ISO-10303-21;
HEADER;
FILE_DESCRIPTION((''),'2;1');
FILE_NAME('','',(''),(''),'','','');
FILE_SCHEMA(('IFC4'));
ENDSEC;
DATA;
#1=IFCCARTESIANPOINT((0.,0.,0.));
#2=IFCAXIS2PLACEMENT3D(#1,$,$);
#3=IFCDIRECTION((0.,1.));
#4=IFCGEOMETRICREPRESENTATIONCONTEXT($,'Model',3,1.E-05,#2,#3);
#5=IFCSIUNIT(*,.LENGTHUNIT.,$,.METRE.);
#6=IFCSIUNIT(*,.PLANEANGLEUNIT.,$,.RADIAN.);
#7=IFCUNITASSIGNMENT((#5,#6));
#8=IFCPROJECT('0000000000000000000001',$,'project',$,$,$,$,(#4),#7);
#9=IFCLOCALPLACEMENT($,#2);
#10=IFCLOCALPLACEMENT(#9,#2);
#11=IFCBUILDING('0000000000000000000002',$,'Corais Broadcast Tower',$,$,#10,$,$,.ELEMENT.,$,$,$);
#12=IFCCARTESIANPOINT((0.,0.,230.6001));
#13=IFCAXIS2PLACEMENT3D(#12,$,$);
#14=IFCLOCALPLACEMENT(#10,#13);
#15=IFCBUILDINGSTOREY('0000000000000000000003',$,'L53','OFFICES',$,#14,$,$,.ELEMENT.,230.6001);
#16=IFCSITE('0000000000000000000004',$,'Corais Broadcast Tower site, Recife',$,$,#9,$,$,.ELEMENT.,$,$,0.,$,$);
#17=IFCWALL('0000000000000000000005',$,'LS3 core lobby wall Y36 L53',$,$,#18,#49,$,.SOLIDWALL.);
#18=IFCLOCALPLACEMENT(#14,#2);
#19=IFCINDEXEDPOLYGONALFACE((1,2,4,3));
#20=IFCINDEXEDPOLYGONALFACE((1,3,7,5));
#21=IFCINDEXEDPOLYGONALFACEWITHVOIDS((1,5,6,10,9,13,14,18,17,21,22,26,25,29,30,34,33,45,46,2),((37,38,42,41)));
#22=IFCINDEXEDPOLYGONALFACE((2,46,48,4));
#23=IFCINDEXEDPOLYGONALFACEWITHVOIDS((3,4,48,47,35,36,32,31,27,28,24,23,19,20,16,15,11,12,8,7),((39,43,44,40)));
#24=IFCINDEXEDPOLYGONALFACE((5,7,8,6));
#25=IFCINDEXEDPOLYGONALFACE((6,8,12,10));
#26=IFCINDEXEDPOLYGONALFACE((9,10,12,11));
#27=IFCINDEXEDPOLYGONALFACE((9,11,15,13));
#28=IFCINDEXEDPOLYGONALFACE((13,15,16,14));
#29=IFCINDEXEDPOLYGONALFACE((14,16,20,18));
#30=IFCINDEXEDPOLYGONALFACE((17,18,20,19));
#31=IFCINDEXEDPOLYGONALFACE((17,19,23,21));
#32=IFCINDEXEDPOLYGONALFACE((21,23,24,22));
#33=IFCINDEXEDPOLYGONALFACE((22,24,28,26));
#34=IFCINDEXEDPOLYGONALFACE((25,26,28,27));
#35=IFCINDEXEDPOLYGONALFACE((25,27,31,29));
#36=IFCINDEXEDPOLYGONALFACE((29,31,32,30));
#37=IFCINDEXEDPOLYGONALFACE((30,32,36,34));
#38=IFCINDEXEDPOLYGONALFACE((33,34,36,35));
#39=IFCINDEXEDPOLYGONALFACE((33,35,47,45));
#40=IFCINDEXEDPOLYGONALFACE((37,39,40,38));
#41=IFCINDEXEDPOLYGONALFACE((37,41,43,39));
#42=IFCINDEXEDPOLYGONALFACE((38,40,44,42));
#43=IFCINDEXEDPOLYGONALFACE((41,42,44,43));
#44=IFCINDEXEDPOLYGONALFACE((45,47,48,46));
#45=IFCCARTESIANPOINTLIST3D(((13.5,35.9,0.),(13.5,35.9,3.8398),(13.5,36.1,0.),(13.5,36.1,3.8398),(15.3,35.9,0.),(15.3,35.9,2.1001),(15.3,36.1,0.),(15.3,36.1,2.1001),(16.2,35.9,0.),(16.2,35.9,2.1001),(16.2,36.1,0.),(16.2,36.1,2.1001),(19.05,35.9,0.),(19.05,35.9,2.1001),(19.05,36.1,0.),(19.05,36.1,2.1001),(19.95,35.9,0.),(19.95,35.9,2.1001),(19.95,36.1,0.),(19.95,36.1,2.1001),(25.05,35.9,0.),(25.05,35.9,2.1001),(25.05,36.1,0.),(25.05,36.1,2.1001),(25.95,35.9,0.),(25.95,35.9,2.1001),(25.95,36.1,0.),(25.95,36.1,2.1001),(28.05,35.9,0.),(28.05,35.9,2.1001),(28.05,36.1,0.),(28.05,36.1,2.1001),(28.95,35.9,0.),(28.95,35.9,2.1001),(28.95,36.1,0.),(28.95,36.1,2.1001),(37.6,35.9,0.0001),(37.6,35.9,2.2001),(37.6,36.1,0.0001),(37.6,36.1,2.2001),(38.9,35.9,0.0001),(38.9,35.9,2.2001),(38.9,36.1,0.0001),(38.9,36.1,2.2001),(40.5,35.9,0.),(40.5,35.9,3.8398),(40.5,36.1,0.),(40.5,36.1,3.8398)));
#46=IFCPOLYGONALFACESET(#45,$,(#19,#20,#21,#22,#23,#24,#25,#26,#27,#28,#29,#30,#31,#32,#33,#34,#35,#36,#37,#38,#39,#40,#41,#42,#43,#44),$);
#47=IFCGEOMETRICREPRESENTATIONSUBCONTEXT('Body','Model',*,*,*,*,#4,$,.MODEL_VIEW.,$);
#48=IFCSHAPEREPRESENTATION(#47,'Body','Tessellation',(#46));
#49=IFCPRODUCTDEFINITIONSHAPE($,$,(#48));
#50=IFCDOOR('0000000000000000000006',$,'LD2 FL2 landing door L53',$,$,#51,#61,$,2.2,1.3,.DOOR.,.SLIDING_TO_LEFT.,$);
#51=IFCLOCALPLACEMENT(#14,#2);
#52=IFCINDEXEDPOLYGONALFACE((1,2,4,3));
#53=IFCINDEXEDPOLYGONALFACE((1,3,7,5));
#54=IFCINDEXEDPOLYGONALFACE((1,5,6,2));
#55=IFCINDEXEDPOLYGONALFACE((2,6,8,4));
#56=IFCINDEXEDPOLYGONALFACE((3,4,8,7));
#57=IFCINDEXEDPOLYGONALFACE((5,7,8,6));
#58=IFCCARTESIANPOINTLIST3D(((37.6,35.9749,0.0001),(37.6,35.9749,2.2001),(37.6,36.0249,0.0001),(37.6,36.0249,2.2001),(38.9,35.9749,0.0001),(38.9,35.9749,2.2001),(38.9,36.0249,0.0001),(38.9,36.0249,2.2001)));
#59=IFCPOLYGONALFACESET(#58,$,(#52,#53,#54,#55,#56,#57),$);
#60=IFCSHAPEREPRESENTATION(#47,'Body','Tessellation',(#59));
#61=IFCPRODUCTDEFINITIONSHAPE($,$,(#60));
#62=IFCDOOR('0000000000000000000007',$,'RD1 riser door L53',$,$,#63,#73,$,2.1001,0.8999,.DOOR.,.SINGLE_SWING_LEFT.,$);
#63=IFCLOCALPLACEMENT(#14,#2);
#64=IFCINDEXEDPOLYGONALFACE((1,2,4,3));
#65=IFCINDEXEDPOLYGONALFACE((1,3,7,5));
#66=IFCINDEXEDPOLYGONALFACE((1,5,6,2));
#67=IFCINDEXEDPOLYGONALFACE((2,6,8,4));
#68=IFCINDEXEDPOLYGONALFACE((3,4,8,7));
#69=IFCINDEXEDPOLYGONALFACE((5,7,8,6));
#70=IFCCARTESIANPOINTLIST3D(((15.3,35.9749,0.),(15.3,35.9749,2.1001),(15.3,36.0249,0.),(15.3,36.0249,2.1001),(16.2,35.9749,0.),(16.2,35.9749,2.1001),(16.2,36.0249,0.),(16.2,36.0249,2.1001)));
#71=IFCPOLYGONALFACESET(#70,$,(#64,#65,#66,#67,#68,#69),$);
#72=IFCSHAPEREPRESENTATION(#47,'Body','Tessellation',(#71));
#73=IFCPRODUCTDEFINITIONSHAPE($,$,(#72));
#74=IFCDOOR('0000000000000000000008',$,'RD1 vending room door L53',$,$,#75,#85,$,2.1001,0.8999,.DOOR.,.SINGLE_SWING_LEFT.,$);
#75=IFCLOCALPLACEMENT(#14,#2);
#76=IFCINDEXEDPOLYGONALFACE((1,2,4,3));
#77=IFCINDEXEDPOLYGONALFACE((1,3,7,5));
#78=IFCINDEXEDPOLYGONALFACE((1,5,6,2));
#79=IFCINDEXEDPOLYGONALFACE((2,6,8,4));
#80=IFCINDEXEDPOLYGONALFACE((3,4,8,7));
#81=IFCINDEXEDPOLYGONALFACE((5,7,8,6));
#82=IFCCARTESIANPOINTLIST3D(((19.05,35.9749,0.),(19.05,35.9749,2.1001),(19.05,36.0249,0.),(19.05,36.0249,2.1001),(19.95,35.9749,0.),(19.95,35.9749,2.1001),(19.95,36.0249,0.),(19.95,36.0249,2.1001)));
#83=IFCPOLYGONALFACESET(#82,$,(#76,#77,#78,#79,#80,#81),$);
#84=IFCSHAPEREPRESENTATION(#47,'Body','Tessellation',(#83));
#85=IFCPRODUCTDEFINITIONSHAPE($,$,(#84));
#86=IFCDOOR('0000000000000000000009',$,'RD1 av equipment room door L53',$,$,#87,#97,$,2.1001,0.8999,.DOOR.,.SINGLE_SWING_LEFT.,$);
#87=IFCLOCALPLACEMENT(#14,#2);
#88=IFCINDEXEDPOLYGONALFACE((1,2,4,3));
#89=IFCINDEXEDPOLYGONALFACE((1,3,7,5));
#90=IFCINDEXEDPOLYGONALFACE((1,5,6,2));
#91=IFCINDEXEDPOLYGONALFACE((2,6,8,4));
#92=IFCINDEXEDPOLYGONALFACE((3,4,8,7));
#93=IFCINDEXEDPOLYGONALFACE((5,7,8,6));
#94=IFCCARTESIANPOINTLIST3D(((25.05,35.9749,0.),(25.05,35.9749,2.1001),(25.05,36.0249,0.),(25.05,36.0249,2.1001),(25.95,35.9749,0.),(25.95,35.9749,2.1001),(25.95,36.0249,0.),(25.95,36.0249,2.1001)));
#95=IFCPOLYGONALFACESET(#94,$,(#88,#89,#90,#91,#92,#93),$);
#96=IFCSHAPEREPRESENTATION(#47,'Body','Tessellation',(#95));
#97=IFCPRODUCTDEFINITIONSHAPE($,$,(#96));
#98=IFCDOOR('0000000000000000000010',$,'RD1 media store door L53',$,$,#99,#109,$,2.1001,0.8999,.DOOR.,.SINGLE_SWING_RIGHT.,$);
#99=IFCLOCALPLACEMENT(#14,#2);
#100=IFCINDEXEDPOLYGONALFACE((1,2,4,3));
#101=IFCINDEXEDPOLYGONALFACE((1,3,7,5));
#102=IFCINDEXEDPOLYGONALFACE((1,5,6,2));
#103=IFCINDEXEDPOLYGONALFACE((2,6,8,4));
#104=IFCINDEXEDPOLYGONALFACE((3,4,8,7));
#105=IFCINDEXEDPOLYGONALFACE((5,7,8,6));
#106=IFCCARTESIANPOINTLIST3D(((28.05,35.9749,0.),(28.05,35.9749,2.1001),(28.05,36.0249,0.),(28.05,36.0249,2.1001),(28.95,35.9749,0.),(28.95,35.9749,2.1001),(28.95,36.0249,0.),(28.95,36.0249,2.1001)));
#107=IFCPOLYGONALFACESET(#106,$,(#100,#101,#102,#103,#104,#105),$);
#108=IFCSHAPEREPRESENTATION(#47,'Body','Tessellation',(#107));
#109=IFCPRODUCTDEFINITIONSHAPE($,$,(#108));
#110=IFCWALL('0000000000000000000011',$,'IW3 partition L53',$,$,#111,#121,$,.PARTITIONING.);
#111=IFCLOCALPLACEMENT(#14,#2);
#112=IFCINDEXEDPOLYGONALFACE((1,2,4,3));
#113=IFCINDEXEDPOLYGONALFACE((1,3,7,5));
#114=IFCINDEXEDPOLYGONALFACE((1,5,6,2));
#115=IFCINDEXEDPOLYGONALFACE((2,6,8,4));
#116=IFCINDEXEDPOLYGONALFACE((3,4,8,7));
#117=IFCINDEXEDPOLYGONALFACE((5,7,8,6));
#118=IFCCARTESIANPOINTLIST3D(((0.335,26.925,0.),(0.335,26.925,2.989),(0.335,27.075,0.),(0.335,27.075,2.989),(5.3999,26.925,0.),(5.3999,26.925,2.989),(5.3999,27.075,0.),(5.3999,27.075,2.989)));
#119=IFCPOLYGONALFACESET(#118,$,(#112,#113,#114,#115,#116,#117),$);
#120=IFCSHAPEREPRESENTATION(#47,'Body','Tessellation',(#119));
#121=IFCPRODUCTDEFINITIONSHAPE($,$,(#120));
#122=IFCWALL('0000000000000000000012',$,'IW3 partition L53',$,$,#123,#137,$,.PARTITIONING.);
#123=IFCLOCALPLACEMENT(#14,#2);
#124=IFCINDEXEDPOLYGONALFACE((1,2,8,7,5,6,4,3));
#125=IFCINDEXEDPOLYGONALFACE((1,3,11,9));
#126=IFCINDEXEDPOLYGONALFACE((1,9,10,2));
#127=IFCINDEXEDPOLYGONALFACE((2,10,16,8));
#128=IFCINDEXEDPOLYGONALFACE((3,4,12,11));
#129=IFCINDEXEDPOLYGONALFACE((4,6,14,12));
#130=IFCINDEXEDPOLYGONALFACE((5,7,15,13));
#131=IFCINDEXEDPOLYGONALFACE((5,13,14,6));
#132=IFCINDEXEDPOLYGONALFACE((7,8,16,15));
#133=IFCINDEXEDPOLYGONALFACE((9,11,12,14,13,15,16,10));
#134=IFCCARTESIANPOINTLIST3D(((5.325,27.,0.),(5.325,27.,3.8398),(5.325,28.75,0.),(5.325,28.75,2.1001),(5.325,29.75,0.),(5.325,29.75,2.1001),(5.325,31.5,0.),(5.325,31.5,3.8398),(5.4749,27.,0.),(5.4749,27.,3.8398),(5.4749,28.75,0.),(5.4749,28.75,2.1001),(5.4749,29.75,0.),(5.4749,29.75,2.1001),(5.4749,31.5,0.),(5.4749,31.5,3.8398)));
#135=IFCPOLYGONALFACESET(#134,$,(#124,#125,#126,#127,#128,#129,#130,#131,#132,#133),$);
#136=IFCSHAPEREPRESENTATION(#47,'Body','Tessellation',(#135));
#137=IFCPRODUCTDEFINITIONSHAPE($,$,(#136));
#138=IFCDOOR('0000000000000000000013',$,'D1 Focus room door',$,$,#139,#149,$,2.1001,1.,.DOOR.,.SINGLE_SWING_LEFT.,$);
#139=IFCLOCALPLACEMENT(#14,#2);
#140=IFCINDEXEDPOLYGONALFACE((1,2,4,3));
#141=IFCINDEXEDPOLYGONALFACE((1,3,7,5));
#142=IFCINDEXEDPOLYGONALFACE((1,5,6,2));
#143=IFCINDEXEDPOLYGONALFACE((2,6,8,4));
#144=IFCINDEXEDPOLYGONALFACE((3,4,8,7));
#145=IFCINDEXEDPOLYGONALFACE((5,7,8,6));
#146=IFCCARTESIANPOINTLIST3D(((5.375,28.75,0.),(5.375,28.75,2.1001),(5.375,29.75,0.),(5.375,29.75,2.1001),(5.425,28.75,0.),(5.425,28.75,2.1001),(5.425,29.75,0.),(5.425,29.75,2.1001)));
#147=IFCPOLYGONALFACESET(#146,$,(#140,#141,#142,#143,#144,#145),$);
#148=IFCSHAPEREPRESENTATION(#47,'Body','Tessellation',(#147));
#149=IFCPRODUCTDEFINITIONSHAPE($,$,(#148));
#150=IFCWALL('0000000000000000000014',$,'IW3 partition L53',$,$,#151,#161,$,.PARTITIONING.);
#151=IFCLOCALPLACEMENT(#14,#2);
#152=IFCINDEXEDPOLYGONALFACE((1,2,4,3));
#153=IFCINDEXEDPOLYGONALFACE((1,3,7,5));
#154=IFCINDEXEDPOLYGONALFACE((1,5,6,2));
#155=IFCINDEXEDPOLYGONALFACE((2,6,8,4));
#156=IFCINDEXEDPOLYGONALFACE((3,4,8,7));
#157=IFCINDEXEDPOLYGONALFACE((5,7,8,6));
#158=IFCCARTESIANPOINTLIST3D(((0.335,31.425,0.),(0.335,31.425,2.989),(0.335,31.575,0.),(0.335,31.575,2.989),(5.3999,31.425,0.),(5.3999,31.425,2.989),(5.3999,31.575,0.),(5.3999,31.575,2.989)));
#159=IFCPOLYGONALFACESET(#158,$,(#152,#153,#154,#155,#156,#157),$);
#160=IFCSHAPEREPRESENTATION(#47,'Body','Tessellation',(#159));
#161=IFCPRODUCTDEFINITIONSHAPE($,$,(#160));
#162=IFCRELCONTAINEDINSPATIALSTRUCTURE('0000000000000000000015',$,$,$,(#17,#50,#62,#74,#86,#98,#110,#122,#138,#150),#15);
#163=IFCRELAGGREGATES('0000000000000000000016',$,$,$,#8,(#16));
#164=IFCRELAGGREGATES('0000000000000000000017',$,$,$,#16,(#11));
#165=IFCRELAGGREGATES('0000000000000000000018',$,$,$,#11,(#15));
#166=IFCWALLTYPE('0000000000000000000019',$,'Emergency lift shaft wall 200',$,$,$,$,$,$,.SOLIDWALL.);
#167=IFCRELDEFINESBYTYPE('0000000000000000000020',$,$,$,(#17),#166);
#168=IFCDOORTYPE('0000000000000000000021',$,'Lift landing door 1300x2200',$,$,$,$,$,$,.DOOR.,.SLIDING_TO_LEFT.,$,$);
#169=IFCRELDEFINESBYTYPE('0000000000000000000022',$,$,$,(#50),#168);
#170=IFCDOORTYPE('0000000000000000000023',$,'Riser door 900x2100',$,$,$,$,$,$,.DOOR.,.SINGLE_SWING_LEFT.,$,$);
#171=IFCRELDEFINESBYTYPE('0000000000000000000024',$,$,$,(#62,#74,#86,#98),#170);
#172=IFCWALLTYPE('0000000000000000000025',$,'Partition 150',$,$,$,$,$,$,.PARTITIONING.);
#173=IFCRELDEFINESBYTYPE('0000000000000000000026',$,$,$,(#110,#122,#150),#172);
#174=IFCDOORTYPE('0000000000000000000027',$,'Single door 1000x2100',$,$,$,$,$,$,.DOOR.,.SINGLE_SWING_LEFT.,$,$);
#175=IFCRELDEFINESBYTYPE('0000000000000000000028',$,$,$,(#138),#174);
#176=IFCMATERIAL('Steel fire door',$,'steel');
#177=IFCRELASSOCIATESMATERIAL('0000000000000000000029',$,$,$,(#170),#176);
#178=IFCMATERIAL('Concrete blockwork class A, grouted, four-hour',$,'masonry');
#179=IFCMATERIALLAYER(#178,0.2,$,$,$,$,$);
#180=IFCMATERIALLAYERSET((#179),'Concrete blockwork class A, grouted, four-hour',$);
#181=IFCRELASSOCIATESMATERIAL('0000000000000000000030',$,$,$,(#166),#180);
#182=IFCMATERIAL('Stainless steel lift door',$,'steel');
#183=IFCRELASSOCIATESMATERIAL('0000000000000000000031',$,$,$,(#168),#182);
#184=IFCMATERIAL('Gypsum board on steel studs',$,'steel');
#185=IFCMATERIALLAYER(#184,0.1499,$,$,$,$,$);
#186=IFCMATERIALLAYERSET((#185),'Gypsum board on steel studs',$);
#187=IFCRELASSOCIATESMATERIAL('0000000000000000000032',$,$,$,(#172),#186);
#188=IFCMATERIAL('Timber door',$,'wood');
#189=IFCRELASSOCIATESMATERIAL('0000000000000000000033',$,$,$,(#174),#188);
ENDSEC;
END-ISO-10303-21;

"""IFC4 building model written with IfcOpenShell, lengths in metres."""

from ifc_helpers import new_model, si_unit, direction, frame, frame_2d, origin, place, context, subcontext, project, spatial, rectangle, extrude, material, layer, layer_set, type_object, element, fill, save


model = new_model("IFC4")

# Units and contexts
model_context = context("Model", 3, precision=1e-05, world=origin(), true_north=direction((0.0, 1.0)))
body_context = subcontext(model_context, "Body", "Model", "MODEL_VIEW")
ifc_project = project(units=[si_unit("LENGTHUNIT", "METRE"), si_unit("PLANEANGLEUNIT", "RADIAN")], contexts=[model_context])

# Site, building, storey
site_placement = place(None, origin())
site = spatial("IfcSite", under=ifc_project, at=site_placement, Name="Corais Broadcast Tower site, Recife", CompositionType="ELEMENT", RefElevation=0.0)
building_placement = place(site_placement, origin())
building = spatial("IfcBuilding", under=site, at=building_placement, Name="Corais Broadcast Tower", CompositionType="ELEMENT")
storey_placement = place(building_placement, frame((0.0, 0.0, 230.6001)))
storey = spatial("IfcBuildingStorey", under=building, at=storey_placement, Name="L53", Description="OFFICES", CompositionType="ELEMENT", Elevation=230.6001)

# Wall, openings, doors
ifc_material_1 = material(Name="Steel fire door", Category="steel")
door_type_1 = type_object("IfcDoorType", Name="Riser door 900x2100", OperationType="SINGLE_SWING_LEFT", PredefinedType="DOOR", material=ifc_material_1)
ifc_material_2 = material(Name="Concrete blockwork class A, grouted, four-hour", Category="masonry")
ifc_layer_1 = layer(ifc_material_2, 0.2)
ifc_layer_set_1 = layer_set([ifc_layer_1], Name="Concrete blockwork class A, grouted, four-hour")
wall_type_1 = type_object("IfcWallType", Name="Emergency lift shaft wall 200", PredefinedType="SOLIDWALL", material=ifc_layer_set_1)
wall_1_placement = place(storey_placement, frame((13.5, 36.0, 0.0), z_axis=(0.0, 0.0, 1.0), x_axis=(1.0, 0.0, 0.0)))
wall_1 = element("IfcWall", 1, at=wall_1_placement, inside=storey, type_object=wall_type_1, Name="LS3 core lobby wall Y36 L53", PredefinedType="SOLIDWALL", context=body_context, shape_type="SweptSolid", body=[
    extrude(rectangle(XDim=27.0, YDim=0.2, at=frame_2d((13.5, 0.0))), origin(), (0.0, 0.0, 1.0), 3.8398),
])
opening_1_placement = place(wall_1_placement, frame((1.8, 0.0, 0.0)))
opening_1 = element("IfcOpeningElement", 2, at=opening_1_placement, cuts=wall_1, PredefinedType="OPENING", context=body_context, shape_type="SweptSolid", body=[
    extrude(rectangle(XDim=0.8999, YDim=2.1001, at=frame_2d((0.45, 1.05))), frame((0.0, 0.1099, 0.0), z_axis=(0.0, -1.0, 0.0), x_axis=(1.0, 0.0, 0.0)), (0.0, 0.0, 1.0), 0.22),
])
opening_2_placement = place(wall_1_placement, frame((5.55, 0.0, 0.0)))
opening_2 = element("IfcOpeningElement", 3, at=opening_2_placement, cuts=wall_1, PredefinedType="OPENING", context=body_context, shape_type="SweptSolid", body=[
    extrude(rectangle(XDim=0.8999, YDim=2.1001, at=frame_2d((0.45, 1.05))), frame((0.0, 0.1099, 0.0), z_axis=(0.0, -1.0, 0.0), x_axis=(1.0, 0.0, 0.0)), (0.0, 0.0, 1.0), 0.22),
])
opening_3_placement = place(wall_1_placement, frame((11.55, 0.0, 0.0)))
opening_3 = element("IfcOpeningElement", 4, at=opening_3_placement, cuts=wall_1, PredefinedType="OPENING", context=body_context, shape_type="SweptSolid", body=[
    extrude(rectangle(XDim=0.8999, YDim=2.1001, at=frame_2d((0.45, 1.05))), frame((0.0, 0.1099, 0.0), z_axis=(0.0, -1.0, 0.0), x_axis=(1.0, 0.0, 0.0)), (0.0, 0.0, 1.0), 0.22),
])
opening_4_placement = place(wall_1_placement, frame((14.55, 0.0, 0.0)))
opening_4 = element("IfcOpeningElement", 5, at=opening_4_placement, cuts=wall_1, PredefinedType="OPENING", context=body_context, shape_type="SweptSolid", body=[
    extrude(rectangle(XDim=0.8999, YDim=2.1001, at=frame_2d((0.45, 1.05))), frame((0.0, 0.1099, 0.0), z_axis=(0.0, -1.0, 0.0), x_axis=(1.0, 0.0, 0.0)), (0.0, 0.0, 1.0), 0.22),
])
opening_5_placement = place(wall_1_placement, frame((24.1001, 0.0, 0.0)))
opening_5 = element("IfcOpeningElement", 6, at=opening_5_placement, cuts=wall_1, PredefinedType="OPENING", context=body_context, shape_type="SweptSolid", body=[
    extrude(rectangle(XDim=1.3, YDim=2.2, at=frame_2d((0.6499, 1.1001))), frame((0.0, 0.1099, 0.0), z_axis=(0.0, -1.0, 0.0), x_axis=(1.0, 0.0, 0.0)), (0.0, 0.0, 1.0), 0.22),
])
ifc_material_3 = material(Name="Stainless steel lift door", Category="steel")
door_type_2 = type_object("IfcDoorType", Name="Lift landing door 1300x2200", OperationType="SLIDING_TO_LEFT", PredefinedType="DOOR", material=ifc_material_3)
door_1_placement = place(opening_5_placement, origin())
door_1 = element("IfcDoor", 7, at=door_1_placement, inside=storey, type_object=door_type_2, Name="LD2 FL2 landing door L53", OperationType="SLIDING_TO_LEFT", OverallHeight=2.2, OverallWidth=1.3, PredefinedType="DOOR", context=body_context, shape_type="SweptSolid", body=[
    extrude(rectangle(XDim=1.3, YDim=2.2, at=frame_2d((0.6499, 1.1001))), frame((0.0, 0.0249, 0.0), z_axis=(0.0, -1.0, 0.0), x_axis=(1.0, 0.0, 0.0)), (0.0, 0.0, 1.0), 0.05),
])
fill(opening_5, door_1)
door_2_placement = place(opening_1_placement, origin())
door_2 = element("IfcDoor", 8, at=door_2_placement, inside=storey, type_object=door_type_1, Name="RD1 riser door L53", OperationType="SINGLE_SWING_LEFT", OverallHeight=2.1001, OverallWidth=0.8999, PredefinedType="DOOR", context=body_context, shape_type="SweptSolid", body=[
    extrude(rectangle(XDim=0.8999, YDim=2.1001, at=frame_2d((0.45, 1.05))), frame((0.0, 0.0249, 0.0), z_axis=(0.0, -1.0, 0.0), x_axis=(1.0, 0.0, 0.0)), (0.0, 0.0, 1.0), 0.05),
])
fill(opening_1, door_2)
door_3_placement = place(opening_2_placement, origin())
door_3 = element("IfcDoor", 9, at=door_3_placement, inside=storey, type_object=door_type_1, Name="RD1 vending room door L53", OperationType="SINGLE_SWING_LEFT", OverallHeight=2.1001, OverallWidth=0.8999, PredefinedType="DOOR", context=body_context, shape_type="SweptSolid", body=[
    extrude(rectangle(XDim=0.8999, YDim=2.1001, at=frame_2d((0.45, 1.05))), frame((0.0, 0.0249, 0.0), z_axis=(0.0, -1.0, 0.0), x_axis=(1.0, 0.0, 0.0)), (0.0, 0.0, 1.0), 0.05),
])
fill(opening_2, door_3)
door_4_placement = place(opening_3_placement, origin())
door_4 = element("IfcDoor", 10, at=door_4_placement, inside=storey, type_object=door_type_1, Name="RD1 av equipment room door L53", OperationType="SINGLE_SWING_LEFT", OverallHeight=2.1001, OverallWidth=0.8999, PredefinedType="DOOR", context=body_context, shape_type="SweptSolid", body=[
    extrude(rectangle(XDim=0.8999, YDim=2.1001, at=frame_2d((0.45, 1.05))), frame((0.0, 0.0249, 0.0), z_axis=(0.0, -1.0, 0.0), x_axis=(1.0, 0.0, 0.0)), (0.0, 0.0, 1.0), 0.05),
])
fill(opening_3, door_4)
door_5_placement = place(opening_4_placement, origin())
door_5 = element("IfcDoor", 11, at=door_5_placement, inside=storey, type_object=door_type_1, Name="RD1 media store door L53", OperationType="SINGLE_SWING_RIGHT", OverallHeight=2.1001, OverallWidth=0.8999, PredefinedType="DOOR", context=body_context, shape_type="SweptSolid", body=[
    extrude(rectangle(XDim=0.8999, YDim=2.1001, at=frame_2d((0.45, 1.05))), frame((0.0, 0.0249, 0.0), z_axis=(0.0, -1.0, 0.0), x_axis=(1.0, 0.0, 0.0)), (0.0, 0.0, 1.0), 0.05),
])
fill(opening_4, door_5)

# Wall
ifc_material_4 = material(Name="Gypsum board on steel studs", Category="steel")
ifc_layer_2 = layer(ifc_material_4, 0.1499)
ifc_layer_set_2 = layer_set([ifc_layer_2], Name="Gypsum board on steel studs")
wall_type_2 = type_object("IfcWallType", Name="Partition 150", PredefinedType="PARTITIONING", material=ifc_layer_set_2)
wall_2_placement = place(storey_placement, frame((5.3999, 27.0, 0.0), z_axis=(0.0, 0.0, 1.0), x_axis=(-1.0, 0.0, 0.0)))
element("IfcWall", 12, at=wall_2_placement, inside=storey, type_object=wall_type_2, Name="IW3 partition L53", PredefinedType="PARTITIONING", context=body_context, shape_type="SweptSolid", body=[
    extrude(rectangle(XDim=5.0649, YDim=0.1499, at=frame_2d((2.5325, 0.0))), origin(), (0.0, 0.0, 1.0), 2.989),
])

# Wall, opening, door
wall_3_placement = place(storey_placement, frame((5.3999, 27.0, 0.0), z_axis=(0.0, 0.0, 1.0), x_axis=(0.0, 1.0, 0.0)))
wall_3 = element("IfcWall", 13, at=wall_3_placement, inside=storey, type_object=wall_type_2, Name="IW3 partition L53", PredefinedType="PARTITIONING", context=body_context, shape_type="SweptSolid", body=[
    extrude(rectangle(XDim=4.5, YDim=0.1499, at=frame_2d((2.25, 0.0))), origin(), (0.0, 0.0, 1.0), 3.8398),
])
opening_6_placement = place(wall_3_placement, frame((1.75, 0.0, 0.0)))
opening_6 = element("IfcOpeningElement", 14, at=opening_6_placement, cuts=wall_3, PredefinedType="OPENING", context=body_context, shape_type="SweptSolid", body=[
    extrude(rectangle(XDim=1.0, YDim=2.1001, at=frame_2d((0.5, 1.05))), frame((0.0, 0.085, 0.0), z_axis=(0.0, -1.0, 0.0), x_axis=(1.0, 0.0, 0.0)), (0.0, 0.0, 1.0), 0.1699),
])
ifc_material_5 = material(Name="Timber door", Category="wood")
door_type_3 = type_object("IfcDoorType", Name="Single door 1000x2100", OperationType="SINGLE_SWING_LEFT", PredefinedType="DOOR", material=ifc_material_5)
door_6_placement = place(opening_6_placement, origin())
door_6 = element("IfcDoor", 15, at=door_6_placement, inside=storey, type_object=door_type_3, Name="D1 Focus room door", OperationType="SINGLE_SWING_LEFT", OverallHeight=2.1001, OverallWidth=1.0, PredefinedType="DOOR", context=body_context, shape_type="SweptSolid", body=[
    extrude(rectangle(XDim=1.0, YDim=2.1001, at=frame_2d((0.5, 1.05))), frame((0.0, 0.0249, 0.0), z_axis=(0.0, -1.0, 0.0), x_axis=(1.0, 0.0, 0.0)), (0.0, 0.0, 1.0), 0.05),
])
fill(opening_6, door_6)

# Wall
wall_4_placement = place(storey_placement, frame((5.3999, 31.5, 0.0), z_axis=(0.0, 0.0, 1.0), x_axis=(-1.0, 0.0, 0.0)))
element("IfcWall", 16, at=wall_4_placement, inside=storey, type_object=wall_type_2, Name="IW3 partition L53", PredefinedType="PARTITIONING", context=body_context, shape_type="SweptSolid", body=[
    extrude(rectangle(XDim=5.0649, YDim=0.1499, at=frame_2d((2.5325, 0.0))), origin(), (0.0, 0.0, 1.0), 2.989),
])

save(model, "model.ifc")
